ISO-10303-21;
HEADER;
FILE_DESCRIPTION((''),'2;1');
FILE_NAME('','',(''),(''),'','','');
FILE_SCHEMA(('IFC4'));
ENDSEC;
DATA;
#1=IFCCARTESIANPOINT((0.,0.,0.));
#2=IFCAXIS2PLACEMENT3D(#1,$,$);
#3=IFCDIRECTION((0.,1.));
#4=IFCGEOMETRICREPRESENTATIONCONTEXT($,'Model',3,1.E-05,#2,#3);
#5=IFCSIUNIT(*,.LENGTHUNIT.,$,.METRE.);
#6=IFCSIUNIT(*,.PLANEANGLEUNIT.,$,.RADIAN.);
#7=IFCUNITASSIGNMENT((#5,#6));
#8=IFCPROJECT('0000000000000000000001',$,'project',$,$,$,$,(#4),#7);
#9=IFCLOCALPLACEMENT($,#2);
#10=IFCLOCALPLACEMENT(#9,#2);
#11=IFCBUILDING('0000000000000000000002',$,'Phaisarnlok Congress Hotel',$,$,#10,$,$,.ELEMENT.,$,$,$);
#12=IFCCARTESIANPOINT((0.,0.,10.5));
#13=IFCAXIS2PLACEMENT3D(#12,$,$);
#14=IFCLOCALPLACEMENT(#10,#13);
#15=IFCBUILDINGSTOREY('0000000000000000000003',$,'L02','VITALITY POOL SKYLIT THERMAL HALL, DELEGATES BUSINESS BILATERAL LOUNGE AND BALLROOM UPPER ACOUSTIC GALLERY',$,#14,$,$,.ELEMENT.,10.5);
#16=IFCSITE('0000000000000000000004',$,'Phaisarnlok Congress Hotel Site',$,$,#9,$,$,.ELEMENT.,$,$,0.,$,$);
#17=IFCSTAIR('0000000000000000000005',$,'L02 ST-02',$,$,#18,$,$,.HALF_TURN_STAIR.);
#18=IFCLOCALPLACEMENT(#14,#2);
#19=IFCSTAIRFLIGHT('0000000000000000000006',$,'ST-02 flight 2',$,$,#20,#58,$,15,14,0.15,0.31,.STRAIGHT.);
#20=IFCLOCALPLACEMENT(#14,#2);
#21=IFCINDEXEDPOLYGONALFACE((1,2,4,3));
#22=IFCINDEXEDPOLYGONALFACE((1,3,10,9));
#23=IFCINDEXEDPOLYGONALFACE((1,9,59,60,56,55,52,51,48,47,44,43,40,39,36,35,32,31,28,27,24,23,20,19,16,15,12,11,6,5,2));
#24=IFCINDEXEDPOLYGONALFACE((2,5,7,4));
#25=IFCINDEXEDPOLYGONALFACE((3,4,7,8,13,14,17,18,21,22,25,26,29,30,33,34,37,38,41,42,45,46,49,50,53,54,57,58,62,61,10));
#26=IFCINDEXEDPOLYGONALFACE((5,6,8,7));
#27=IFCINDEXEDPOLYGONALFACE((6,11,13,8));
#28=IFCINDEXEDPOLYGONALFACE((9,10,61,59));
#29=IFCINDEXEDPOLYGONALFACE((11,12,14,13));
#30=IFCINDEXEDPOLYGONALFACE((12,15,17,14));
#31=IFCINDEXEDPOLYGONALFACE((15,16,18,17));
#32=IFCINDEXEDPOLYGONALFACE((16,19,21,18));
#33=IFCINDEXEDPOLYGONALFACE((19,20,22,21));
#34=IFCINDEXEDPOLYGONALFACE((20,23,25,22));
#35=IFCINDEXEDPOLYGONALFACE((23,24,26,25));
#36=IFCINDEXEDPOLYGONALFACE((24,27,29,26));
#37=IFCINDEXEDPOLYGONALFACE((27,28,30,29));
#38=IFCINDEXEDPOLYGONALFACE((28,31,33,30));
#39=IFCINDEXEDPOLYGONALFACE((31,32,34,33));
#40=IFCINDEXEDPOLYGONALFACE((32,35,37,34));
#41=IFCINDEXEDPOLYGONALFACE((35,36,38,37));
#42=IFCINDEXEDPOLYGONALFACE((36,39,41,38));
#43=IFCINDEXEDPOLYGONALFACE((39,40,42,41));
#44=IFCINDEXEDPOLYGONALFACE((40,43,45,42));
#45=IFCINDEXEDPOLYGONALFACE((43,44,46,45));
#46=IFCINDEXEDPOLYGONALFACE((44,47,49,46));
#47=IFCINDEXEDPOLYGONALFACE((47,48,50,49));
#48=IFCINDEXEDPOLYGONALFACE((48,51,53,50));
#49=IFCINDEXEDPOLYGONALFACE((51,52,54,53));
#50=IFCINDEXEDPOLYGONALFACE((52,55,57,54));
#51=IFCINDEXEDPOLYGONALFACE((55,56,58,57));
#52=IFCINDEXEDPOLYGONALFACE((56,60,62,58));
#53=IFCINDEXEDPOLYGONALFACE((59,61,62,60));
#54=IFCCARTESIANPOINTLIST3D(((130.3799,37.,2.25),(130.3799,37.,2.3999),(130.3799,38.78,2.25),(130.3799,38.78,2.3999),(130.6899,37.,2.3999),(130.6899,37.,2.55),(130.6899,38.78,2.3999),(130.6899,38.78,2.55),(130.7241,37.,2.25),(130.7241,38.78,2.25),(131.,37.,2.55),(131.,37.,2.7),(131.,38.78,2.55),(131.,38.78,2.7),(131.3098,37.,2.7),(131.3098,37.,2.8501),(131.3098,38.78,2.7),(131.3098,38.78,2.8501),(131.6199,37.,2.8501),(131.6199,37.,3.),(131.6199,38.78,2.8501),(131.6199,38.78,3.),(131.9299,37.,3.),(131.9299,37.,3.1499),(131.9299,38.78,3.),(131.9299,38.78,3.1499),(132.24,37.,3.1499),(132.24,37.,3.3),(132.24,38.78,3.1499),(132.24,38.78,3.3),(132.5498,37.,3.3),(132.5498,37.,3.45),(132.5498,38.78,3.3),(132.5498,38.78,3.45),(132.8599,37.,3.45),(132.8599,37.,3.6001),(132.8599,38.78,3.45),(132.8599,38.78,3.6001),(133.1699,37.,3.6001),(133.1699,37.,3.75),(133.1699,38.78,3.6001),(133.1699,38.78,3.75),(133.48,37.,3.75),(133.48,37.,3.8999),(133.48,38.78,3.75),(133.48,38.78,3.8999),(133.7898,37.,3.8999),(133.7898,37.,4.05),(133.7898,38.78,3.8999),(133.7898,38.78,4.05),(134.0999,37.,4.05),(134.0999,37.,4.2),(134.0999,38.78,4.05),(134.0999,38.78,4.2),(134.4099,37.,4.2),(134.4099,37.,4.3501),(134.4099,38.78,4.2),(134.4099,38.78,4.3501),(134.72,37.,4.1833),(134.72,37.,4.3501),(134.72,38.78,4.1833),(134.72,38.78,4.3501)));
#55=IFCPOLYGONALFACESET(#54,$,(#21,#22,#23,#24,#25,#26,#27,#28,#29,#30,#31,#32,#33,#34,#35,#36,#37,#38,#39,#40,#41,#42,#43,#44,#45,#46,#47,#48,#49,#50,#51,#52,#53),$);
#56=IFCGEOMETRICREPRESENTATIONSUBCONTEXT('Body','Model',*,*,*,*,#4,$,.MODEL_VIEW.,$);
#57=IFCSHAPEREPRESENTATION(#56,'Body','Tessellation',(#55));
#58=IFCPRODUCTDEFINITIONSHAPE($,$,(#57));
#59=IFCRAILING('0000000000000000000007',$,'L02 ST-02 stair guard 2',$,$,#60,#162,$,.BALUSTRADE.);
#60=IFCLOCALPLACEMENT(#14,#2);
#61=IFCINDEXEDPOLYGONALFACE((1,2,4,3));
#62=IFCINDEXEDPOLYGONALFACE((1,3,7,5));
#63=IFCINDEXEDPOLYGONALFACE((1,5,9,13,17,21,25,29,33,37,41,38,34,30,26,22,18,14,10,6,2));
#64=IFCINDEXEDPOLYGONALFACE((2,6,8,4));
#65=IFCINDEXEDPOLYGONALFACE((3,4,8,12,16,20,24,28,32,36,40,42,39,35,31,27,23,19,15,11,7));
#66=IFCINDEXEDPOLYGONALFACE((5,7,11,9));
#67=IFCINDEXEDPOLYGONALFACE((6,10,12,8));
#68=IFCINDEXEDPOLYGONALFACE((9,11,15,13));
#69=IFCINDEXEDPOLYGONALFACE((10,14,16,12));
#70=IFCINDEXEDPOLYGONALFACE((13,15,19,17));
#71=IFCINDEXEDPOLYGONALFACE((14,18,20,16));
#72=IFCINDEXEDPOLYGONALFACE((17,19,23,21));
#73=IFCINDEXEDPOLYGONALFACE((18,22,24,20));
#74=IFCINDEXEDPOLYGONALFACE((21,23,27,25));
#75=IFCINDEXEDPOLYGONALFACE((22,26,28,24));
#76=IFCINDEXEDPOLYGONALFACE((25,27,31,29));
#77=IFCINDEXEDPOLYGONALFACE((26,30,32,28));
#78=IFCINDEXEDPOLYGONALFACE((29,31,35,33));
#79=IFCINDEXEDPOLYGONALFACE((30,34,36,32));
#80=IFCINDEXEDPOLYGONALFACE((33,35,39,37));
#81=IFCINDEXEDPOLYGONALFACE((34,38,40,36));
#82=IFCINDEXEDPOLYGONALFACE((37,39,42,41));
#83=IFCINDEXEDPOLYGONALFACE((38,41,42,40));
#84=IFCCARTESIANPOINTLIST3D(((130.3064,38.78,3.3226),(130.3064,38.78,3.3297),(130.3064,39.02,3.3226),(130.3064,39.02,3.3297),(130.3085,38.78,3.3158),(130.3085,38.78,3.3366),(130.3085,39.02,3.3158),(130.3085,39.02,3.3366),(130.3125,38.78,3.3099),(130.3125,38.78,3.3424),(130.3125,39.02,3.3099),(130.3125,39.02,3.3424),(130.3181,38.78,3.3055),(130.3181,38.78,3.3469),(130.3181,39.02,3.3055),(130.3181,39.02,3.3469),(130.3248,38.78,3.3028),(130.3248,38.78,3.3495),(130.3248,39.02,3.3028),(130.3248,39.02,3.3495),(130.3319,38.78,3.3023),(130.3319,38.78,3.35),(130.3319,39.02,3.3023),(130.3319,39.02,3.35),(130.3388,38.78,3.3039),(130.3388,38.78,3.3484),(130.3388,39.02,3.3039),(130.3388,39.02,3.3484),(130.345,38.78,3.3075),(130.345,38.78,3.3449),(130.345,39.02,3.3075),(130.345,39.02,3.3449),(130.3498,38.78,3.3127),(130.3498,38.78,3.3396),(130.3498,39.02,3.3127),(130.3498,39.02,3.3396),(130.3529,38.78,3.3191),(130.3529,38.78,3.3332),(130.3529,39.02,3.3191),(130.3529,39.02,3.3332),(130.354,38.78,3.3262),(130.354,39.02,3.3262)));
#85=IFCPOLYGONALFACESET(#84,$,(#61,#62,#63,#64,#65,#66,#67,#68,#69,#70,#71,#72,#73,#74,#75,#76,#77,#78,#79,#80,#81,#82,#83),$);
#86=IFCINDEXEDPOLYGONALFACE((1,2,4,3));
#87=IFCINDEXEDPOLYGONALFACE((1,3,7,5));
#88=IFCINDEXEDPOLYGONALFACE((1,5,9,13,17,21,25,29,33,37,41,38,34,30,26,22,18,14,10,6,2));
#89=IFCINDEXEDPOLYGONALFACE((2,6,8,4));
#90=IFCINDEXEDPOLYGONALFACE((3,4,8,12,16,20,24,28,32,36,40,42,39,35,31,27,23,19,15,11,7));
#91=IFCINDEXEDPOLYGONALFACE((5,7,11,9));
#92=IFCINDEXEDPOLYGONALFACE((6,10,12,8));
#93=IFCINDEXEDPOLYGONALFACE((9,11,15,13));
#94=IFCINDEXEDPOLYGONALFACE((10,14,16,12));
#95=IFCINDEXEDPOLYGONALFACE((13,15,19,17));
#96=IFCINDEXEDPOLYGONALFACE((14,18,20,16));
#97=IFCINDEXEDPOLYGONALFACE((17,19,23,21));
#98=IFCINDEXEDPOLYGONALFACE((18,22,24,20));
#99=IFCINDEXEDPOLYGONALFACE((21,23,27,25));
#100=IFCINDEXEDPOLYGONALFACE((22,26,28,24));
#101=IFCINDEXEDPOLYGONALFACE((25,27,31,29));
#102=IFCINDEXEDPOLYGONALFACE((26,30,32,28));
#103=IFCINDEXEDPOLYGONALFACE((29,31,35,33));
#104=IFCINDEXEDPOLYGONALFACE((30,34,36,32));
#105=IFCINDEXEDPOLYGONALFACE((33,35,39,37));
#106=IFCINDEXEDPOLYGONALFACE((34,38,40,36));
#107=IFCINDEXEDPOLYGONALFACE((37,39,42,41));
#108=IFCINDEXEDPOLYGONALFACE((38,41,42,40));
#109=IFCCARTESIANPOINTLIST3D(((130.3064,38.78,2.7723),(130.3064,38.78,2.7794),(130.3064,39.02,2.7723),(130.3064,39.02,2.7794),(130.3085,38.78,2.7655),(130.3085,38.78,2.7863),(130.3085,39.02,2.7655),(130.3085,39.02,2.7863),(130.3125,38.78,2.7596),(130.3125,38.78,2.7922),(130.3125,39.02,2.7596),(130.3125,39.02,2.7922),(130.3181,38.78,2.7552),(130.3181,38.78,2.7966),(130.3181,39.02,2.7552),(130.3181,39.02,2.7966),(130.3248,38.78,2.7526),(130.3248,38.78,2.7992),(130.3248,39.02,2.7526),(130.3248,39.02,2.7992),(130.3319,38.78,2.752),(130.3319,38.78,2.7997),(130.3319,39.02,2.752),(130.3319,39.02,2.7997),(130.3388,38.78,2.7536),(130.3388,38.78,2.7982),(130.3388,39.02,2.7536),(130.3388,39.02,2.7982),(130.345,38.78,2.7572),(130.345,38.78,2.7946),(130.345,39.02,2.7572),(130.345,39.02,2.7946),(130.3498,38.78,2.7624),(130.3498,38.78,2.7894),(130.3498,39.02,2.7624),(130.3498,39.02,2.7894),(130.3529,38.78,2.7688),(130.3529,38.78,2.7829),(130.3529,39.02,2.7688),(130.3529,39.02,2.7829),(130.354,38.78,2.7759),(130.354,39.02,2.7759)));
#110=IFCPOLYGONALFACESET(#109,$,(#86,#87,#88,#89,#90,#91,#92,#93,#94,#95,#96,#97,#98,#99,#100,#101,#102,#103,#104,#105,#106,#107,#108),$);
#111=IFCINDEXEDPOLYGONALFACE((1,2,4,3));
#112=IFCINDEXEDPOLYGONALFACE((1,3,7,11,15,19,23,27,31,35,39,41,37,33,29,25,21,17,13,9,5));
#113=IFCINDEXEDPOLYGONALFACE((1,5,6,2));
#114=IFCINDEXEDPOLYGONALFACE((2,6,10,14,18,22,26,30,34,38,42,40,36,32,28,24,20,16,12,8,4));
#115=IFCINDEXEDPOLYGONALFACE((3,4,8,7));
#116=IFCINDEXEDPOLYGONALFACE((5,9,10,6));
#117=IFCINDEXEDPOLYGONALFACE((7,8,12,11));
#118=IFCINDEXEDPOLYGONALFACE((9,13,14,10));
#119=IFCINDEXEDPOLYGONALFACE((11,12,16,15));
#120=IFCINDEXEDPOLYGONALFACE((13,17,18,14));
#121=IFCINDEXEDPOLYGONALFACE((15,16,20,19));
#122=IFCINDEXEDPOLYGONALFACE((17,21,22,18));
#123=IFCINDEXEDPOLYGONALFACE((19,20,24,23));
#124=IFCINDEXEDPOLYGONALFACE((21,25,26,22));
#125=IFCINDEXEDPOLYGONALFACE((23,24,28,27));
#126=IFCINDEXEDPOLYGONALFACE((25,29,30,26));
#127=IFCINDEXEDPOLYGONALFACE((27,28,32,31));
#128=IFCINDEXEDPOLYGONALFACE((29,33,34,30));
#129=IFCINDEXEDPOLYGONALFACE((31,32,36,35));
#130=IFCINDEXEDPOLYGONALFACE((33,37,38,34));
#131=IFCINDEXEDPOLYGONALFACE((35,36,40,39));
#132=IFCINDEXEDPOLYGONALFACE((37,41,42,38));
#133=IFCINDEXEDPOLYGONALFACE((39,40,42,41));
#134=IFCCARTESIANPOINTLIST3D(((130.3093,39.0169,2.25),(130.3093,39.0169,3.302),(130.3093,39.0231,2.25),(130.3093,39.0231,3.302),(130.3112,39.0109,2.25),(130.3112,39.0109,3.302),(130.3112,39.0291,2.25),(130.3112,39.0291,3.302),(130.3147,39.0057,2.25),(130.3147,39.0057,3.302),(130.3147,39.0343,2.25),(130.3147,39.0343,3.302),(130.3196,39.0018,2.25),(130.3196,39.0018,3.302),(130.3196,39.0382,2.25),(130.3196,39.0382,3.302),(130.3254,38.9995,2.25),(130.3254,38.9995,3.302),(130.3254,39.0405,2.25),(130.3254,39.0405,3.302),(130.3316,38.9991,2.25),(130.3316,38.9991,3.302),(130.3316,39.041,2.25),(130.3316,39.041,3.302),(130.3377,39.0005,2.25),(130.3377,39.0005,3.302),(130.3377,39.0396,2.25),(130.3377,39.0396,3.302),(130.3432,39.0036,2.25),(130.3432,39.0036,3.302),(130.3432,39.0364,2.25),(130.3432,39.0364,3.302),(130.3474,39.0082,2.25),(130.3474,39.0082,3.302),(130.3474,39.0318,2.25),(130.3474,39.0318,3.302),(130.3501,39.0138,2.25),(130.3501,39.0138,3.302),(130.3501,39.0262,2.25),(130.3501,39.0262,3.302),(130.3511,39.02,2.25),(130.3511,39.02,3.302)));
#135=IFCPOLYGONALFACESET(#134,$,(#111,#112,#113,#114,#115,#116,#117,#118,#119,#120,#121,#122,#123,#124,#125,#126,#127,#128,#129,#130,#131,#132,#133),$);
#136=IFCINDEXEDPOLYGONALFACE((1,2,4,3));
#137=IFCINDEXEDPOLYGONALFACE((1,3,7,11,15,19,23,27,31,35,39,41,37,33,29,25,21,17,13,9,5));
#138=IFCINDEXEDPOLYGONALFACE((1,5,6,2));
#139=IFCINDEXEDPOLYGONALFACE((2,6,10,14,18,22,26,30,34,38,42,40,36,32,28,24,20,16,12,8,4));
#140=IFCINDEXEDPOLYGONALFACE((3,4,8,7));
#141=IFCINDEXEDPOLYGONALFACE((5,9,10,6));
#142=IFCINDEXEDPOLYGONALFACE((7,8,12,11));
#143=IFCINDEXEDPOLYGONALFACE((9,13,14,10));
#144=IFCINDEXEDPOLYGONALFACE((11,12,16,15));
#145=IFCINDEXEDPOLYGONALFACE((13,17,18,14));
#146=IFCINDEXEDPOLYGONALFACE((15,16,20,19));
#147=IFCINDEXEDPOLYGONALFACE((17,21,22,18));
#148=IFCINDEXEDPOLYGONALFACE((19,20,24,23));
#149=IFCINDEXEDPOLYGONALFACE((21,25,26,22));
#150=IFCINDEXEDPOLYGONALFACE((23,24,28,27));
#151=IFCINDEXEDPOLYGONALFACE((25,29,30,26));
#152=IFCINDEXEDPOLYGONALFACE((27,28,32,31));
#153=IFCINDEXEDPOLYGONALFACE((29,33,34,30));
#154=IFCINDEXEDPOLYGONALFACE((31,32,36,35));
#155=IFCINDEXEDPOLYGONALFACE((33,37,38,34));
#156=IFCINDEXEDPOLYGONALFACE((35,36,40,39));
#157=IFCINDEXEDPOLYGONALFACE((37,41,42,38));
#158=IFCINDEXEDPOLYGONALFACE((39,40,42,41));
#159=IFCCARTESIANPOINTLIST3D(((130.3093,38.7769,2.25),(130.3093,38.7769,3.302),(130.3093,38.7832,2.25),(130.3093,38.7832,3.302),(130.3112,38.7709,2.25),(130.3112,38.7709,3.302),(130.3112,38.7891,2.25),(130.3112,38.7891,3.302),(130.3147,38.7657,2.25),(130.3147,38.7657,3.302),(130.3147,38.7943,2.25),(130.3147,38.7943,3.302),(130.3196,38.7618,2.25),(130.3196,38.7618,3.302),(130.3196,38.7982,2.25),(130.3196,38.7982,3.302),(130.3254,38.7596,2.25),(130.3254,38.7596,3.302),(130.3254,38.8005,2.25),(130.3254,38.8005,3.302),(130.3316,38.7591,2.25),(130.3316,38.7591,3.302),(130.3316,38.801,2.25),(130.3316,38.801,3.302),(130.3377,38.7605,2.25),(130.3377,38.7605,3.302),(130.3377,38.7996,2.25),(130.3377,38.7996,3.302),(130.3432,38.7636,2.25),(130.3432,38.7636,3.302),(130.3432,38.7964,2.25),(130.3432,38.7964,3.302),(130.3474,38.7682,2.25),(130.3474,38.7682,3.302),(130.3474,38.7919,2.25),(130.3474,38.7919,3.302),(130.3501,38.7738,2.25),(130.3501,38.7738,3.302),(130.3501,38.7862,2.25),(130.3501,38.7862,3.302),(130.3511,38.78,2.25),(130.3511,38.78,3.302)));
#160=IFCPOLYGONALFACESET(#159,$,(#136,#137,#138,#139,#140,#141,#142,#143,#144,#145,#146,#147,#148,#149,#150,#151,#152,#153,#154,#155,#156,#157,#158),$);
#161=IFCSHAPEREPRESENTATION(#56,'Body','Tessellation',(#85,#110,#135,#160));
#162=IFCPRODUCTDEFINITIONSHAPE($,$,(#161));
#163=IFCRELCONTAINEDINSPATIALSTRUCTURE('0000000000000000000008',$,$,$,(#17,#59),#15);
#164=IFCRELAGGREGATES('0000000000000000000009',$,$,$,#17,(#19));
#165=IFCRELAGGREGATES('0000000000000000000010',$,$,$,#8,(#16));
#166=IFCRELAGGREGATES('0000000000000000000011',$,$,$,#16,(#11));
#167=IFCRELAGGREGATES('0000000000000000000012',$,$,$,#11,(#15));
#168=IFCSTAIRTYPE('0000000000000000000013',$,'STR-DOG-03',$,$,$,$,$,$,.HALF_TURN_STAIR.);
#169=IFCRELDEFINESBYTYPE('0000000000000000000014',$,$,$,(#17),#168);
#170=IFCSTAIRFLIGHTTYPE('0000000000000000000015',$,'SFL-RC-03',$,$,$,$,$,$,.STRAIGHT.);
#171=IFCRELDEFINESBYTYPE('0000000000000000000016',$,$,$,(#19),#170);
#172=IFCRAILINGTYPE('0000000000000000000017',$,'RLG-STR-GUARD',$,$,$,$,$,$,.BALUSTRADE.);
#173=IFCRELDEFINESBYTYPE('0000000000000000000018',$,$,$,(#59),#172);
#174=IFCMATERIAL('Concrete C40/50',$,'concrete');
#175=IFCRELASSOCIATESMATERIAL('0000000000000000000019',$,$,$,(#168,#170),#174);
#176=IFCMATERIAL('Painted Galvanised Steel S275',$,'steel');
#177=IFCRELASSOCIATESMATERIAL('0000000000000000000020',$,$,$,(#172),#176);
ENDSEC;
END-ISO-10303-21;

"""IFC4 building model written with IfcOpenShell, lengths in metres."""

from ifc_helpers import new_model, si_unit, direction, frame, origin, origin_2d, place, context, subcontext, project, spatial, polyline, circle, outline, extrude, material, type_object, element, aggregate, save


model = new_model("IFC4")

# Units and contexts
model_context = context("Model", 3, precision=1e-05, world=origin(), true_north=direction((0.0, 1.0)))
body_context = subcontext(model_context, "Body", "Model", "MODEL_VIEW")
ifc_project = project(units=[si_unit("LENGTHUNIT", "METRE"), si_unit("PLANEANGLEUNIT", "RADIAN")], contexts=[model_context])

# Site, building, storey
site_placement = place(None, origin())
site = spatial("IfcSite", under=ifc_project, at=site_placement, Name="Phaisarnlok Congress Hotel Site", CompositionType="ELEMENT", RefElevation=0.0)
building_placement = place(site_placement, origin())
building = spatial("IfcBuilding", under=site, at=building_placement, Name="Phaisarnlok Congress Hotel", CompositionType="ELEMENT")
storey_placement = place(building_placement, frame((0.0, 0.0, 10.5)))
storey = spatial("IfcBuildingStorey", under=building, at=storey_placement, Name="L02", Description="VITALITY POOL SKYLIT THERMAL HALL, DELEGATES BUSINESS BILATERAL LOUNGE AND BALLROOM UPPER ACOUSTIC GALLERY", CompositionType="ELEMENT", Elevation=10.5)

# Shared definitions
ifc_material_1 = material(Name="Concrete C40/50", Category="concrete")

# Stair, stair flight
stair_type = type_object("IfcStairType", Name="STR-DOG-03", PredefinedType="HALF_TURN_STAIR", material=ifc_material_1)
stair_placement = place(storey_placement, origin())
stair = element("IfcStair", 1, at=stair_placement, inside=storey, type_object=stair_type, Name="L02 ST-02", PredefinedType="HALF_TURN_STAIR")
stair_flight_type = type_object("IfcStairFlightType", Name="SFL-RC-03", PredefinedType="STRAIGHT", material=ifc_material_1)
stair_flight_1_placement = place(storey_placement, frame((130.3799, 37.8899, 2.25), z_axis=(0.0, 0.0, 1.0), x_axis=(1.0, 0.0, 0.0)))
stair_flight_1 = element("IfcStairFlight", 2, at=stair_flight_1_placement, type_object=stair_flight_type, Name="ST-02 flight 2", NumberOfRisers=15, NumberOfTreads=14, PredefinedType="STRAIGHT", RiserHeight=0.15, TreadLength=0.31, context=body_context, shape_type="SweptSolid", body=[
    extrude(outline(polyline([(0.0, 0.0), (0.0, 0.1499), (0.3101, 0.1499), (0.3101, 0.3), (0.6201, 0.3), (0.6201, 0.45), (0.9299, 0.45), (0.9299, 0.6001), (1.24, 0.6001), (1.24, 0.75), (1.55, 0.75), (1.55, 0.8999), (1.8601, 0.8999), (1.8601, 1.05), (2.1699, 1.05), (2.1699, 1.2), (2.48, 1.2), (2.48, 1.3501), (2.79, 1.3501), (2.79, 1.5), (3.1001, 1.5), (3.1001, 1.6499), (3.4099, 1.6499), (3.4099, 1.8), (3.72, 1.8), (3.72, 1.95), (4.03, 1.95), (4.03, 2.1001), (4.3401, 2.1001), (4.3401, 2.25), (4.3401, 1.9333), (0.3442, 0.0), (0.0, 0.0)])), frame((0.0, 0.8901, 0.0), z_axis=(0.0, -1.0, 0.0), x_axis=(1.0, 0.0, 0.0)), (0.0, 0.0, 1.0), 1.78),
])
aggregate(stair, [stair_flight_1])

# Railing
ifc_material_2 = material(Name="Painted Galvanised Steel S275", Category="steel")
railing_type_1 = type_object("IfcRailingType", Name="RLG-STR-GUARD", PredefinedType="BALUSTRADE", material=ifc_material_2)
railing_1_placement = place(storey_placement, frame((130.3301, 39.02, 2.25)))
element("IfcRailing", 3, at=railing_1_placement, inside=storey, type_object=railing_type_1, Name="L02 ST-02 stair guard 2", PredefinedType="BALUSTRADE", context=body_context, shape_type="SweptSolid", body=[
    extrude(circle(Radius=0.0239, at=origin_2d()), frame((0.0, 0.0, 1.0762), z_axis=(0.0, -1.0, 0.0), x_axis=(1.0, 0.0, 0.0)), (0.0, 0.0, 1.0), 0.24),
    extrude(circle(Radius=0.0239, at=origin_2d()), frame((0.0, 0.0, 0.5259), z_axis=(0.0, -1.0, 0.0), x_axis=(1.0, 0.0, 0.0)), (0.0, 0.0, 1.0), 0.24),
    extrude(circle(Radius=0.021, at=origin_2d()), origin(), (0.0, 0.0, 1.0), 1.052),
    extrude(circle(Radius=0.021, at=origin_2d()), frame((0.0, -0.24, 0.0)), (0.0, 0.0, 1.0), 1.052),
])

save(model, "model.ifc")
